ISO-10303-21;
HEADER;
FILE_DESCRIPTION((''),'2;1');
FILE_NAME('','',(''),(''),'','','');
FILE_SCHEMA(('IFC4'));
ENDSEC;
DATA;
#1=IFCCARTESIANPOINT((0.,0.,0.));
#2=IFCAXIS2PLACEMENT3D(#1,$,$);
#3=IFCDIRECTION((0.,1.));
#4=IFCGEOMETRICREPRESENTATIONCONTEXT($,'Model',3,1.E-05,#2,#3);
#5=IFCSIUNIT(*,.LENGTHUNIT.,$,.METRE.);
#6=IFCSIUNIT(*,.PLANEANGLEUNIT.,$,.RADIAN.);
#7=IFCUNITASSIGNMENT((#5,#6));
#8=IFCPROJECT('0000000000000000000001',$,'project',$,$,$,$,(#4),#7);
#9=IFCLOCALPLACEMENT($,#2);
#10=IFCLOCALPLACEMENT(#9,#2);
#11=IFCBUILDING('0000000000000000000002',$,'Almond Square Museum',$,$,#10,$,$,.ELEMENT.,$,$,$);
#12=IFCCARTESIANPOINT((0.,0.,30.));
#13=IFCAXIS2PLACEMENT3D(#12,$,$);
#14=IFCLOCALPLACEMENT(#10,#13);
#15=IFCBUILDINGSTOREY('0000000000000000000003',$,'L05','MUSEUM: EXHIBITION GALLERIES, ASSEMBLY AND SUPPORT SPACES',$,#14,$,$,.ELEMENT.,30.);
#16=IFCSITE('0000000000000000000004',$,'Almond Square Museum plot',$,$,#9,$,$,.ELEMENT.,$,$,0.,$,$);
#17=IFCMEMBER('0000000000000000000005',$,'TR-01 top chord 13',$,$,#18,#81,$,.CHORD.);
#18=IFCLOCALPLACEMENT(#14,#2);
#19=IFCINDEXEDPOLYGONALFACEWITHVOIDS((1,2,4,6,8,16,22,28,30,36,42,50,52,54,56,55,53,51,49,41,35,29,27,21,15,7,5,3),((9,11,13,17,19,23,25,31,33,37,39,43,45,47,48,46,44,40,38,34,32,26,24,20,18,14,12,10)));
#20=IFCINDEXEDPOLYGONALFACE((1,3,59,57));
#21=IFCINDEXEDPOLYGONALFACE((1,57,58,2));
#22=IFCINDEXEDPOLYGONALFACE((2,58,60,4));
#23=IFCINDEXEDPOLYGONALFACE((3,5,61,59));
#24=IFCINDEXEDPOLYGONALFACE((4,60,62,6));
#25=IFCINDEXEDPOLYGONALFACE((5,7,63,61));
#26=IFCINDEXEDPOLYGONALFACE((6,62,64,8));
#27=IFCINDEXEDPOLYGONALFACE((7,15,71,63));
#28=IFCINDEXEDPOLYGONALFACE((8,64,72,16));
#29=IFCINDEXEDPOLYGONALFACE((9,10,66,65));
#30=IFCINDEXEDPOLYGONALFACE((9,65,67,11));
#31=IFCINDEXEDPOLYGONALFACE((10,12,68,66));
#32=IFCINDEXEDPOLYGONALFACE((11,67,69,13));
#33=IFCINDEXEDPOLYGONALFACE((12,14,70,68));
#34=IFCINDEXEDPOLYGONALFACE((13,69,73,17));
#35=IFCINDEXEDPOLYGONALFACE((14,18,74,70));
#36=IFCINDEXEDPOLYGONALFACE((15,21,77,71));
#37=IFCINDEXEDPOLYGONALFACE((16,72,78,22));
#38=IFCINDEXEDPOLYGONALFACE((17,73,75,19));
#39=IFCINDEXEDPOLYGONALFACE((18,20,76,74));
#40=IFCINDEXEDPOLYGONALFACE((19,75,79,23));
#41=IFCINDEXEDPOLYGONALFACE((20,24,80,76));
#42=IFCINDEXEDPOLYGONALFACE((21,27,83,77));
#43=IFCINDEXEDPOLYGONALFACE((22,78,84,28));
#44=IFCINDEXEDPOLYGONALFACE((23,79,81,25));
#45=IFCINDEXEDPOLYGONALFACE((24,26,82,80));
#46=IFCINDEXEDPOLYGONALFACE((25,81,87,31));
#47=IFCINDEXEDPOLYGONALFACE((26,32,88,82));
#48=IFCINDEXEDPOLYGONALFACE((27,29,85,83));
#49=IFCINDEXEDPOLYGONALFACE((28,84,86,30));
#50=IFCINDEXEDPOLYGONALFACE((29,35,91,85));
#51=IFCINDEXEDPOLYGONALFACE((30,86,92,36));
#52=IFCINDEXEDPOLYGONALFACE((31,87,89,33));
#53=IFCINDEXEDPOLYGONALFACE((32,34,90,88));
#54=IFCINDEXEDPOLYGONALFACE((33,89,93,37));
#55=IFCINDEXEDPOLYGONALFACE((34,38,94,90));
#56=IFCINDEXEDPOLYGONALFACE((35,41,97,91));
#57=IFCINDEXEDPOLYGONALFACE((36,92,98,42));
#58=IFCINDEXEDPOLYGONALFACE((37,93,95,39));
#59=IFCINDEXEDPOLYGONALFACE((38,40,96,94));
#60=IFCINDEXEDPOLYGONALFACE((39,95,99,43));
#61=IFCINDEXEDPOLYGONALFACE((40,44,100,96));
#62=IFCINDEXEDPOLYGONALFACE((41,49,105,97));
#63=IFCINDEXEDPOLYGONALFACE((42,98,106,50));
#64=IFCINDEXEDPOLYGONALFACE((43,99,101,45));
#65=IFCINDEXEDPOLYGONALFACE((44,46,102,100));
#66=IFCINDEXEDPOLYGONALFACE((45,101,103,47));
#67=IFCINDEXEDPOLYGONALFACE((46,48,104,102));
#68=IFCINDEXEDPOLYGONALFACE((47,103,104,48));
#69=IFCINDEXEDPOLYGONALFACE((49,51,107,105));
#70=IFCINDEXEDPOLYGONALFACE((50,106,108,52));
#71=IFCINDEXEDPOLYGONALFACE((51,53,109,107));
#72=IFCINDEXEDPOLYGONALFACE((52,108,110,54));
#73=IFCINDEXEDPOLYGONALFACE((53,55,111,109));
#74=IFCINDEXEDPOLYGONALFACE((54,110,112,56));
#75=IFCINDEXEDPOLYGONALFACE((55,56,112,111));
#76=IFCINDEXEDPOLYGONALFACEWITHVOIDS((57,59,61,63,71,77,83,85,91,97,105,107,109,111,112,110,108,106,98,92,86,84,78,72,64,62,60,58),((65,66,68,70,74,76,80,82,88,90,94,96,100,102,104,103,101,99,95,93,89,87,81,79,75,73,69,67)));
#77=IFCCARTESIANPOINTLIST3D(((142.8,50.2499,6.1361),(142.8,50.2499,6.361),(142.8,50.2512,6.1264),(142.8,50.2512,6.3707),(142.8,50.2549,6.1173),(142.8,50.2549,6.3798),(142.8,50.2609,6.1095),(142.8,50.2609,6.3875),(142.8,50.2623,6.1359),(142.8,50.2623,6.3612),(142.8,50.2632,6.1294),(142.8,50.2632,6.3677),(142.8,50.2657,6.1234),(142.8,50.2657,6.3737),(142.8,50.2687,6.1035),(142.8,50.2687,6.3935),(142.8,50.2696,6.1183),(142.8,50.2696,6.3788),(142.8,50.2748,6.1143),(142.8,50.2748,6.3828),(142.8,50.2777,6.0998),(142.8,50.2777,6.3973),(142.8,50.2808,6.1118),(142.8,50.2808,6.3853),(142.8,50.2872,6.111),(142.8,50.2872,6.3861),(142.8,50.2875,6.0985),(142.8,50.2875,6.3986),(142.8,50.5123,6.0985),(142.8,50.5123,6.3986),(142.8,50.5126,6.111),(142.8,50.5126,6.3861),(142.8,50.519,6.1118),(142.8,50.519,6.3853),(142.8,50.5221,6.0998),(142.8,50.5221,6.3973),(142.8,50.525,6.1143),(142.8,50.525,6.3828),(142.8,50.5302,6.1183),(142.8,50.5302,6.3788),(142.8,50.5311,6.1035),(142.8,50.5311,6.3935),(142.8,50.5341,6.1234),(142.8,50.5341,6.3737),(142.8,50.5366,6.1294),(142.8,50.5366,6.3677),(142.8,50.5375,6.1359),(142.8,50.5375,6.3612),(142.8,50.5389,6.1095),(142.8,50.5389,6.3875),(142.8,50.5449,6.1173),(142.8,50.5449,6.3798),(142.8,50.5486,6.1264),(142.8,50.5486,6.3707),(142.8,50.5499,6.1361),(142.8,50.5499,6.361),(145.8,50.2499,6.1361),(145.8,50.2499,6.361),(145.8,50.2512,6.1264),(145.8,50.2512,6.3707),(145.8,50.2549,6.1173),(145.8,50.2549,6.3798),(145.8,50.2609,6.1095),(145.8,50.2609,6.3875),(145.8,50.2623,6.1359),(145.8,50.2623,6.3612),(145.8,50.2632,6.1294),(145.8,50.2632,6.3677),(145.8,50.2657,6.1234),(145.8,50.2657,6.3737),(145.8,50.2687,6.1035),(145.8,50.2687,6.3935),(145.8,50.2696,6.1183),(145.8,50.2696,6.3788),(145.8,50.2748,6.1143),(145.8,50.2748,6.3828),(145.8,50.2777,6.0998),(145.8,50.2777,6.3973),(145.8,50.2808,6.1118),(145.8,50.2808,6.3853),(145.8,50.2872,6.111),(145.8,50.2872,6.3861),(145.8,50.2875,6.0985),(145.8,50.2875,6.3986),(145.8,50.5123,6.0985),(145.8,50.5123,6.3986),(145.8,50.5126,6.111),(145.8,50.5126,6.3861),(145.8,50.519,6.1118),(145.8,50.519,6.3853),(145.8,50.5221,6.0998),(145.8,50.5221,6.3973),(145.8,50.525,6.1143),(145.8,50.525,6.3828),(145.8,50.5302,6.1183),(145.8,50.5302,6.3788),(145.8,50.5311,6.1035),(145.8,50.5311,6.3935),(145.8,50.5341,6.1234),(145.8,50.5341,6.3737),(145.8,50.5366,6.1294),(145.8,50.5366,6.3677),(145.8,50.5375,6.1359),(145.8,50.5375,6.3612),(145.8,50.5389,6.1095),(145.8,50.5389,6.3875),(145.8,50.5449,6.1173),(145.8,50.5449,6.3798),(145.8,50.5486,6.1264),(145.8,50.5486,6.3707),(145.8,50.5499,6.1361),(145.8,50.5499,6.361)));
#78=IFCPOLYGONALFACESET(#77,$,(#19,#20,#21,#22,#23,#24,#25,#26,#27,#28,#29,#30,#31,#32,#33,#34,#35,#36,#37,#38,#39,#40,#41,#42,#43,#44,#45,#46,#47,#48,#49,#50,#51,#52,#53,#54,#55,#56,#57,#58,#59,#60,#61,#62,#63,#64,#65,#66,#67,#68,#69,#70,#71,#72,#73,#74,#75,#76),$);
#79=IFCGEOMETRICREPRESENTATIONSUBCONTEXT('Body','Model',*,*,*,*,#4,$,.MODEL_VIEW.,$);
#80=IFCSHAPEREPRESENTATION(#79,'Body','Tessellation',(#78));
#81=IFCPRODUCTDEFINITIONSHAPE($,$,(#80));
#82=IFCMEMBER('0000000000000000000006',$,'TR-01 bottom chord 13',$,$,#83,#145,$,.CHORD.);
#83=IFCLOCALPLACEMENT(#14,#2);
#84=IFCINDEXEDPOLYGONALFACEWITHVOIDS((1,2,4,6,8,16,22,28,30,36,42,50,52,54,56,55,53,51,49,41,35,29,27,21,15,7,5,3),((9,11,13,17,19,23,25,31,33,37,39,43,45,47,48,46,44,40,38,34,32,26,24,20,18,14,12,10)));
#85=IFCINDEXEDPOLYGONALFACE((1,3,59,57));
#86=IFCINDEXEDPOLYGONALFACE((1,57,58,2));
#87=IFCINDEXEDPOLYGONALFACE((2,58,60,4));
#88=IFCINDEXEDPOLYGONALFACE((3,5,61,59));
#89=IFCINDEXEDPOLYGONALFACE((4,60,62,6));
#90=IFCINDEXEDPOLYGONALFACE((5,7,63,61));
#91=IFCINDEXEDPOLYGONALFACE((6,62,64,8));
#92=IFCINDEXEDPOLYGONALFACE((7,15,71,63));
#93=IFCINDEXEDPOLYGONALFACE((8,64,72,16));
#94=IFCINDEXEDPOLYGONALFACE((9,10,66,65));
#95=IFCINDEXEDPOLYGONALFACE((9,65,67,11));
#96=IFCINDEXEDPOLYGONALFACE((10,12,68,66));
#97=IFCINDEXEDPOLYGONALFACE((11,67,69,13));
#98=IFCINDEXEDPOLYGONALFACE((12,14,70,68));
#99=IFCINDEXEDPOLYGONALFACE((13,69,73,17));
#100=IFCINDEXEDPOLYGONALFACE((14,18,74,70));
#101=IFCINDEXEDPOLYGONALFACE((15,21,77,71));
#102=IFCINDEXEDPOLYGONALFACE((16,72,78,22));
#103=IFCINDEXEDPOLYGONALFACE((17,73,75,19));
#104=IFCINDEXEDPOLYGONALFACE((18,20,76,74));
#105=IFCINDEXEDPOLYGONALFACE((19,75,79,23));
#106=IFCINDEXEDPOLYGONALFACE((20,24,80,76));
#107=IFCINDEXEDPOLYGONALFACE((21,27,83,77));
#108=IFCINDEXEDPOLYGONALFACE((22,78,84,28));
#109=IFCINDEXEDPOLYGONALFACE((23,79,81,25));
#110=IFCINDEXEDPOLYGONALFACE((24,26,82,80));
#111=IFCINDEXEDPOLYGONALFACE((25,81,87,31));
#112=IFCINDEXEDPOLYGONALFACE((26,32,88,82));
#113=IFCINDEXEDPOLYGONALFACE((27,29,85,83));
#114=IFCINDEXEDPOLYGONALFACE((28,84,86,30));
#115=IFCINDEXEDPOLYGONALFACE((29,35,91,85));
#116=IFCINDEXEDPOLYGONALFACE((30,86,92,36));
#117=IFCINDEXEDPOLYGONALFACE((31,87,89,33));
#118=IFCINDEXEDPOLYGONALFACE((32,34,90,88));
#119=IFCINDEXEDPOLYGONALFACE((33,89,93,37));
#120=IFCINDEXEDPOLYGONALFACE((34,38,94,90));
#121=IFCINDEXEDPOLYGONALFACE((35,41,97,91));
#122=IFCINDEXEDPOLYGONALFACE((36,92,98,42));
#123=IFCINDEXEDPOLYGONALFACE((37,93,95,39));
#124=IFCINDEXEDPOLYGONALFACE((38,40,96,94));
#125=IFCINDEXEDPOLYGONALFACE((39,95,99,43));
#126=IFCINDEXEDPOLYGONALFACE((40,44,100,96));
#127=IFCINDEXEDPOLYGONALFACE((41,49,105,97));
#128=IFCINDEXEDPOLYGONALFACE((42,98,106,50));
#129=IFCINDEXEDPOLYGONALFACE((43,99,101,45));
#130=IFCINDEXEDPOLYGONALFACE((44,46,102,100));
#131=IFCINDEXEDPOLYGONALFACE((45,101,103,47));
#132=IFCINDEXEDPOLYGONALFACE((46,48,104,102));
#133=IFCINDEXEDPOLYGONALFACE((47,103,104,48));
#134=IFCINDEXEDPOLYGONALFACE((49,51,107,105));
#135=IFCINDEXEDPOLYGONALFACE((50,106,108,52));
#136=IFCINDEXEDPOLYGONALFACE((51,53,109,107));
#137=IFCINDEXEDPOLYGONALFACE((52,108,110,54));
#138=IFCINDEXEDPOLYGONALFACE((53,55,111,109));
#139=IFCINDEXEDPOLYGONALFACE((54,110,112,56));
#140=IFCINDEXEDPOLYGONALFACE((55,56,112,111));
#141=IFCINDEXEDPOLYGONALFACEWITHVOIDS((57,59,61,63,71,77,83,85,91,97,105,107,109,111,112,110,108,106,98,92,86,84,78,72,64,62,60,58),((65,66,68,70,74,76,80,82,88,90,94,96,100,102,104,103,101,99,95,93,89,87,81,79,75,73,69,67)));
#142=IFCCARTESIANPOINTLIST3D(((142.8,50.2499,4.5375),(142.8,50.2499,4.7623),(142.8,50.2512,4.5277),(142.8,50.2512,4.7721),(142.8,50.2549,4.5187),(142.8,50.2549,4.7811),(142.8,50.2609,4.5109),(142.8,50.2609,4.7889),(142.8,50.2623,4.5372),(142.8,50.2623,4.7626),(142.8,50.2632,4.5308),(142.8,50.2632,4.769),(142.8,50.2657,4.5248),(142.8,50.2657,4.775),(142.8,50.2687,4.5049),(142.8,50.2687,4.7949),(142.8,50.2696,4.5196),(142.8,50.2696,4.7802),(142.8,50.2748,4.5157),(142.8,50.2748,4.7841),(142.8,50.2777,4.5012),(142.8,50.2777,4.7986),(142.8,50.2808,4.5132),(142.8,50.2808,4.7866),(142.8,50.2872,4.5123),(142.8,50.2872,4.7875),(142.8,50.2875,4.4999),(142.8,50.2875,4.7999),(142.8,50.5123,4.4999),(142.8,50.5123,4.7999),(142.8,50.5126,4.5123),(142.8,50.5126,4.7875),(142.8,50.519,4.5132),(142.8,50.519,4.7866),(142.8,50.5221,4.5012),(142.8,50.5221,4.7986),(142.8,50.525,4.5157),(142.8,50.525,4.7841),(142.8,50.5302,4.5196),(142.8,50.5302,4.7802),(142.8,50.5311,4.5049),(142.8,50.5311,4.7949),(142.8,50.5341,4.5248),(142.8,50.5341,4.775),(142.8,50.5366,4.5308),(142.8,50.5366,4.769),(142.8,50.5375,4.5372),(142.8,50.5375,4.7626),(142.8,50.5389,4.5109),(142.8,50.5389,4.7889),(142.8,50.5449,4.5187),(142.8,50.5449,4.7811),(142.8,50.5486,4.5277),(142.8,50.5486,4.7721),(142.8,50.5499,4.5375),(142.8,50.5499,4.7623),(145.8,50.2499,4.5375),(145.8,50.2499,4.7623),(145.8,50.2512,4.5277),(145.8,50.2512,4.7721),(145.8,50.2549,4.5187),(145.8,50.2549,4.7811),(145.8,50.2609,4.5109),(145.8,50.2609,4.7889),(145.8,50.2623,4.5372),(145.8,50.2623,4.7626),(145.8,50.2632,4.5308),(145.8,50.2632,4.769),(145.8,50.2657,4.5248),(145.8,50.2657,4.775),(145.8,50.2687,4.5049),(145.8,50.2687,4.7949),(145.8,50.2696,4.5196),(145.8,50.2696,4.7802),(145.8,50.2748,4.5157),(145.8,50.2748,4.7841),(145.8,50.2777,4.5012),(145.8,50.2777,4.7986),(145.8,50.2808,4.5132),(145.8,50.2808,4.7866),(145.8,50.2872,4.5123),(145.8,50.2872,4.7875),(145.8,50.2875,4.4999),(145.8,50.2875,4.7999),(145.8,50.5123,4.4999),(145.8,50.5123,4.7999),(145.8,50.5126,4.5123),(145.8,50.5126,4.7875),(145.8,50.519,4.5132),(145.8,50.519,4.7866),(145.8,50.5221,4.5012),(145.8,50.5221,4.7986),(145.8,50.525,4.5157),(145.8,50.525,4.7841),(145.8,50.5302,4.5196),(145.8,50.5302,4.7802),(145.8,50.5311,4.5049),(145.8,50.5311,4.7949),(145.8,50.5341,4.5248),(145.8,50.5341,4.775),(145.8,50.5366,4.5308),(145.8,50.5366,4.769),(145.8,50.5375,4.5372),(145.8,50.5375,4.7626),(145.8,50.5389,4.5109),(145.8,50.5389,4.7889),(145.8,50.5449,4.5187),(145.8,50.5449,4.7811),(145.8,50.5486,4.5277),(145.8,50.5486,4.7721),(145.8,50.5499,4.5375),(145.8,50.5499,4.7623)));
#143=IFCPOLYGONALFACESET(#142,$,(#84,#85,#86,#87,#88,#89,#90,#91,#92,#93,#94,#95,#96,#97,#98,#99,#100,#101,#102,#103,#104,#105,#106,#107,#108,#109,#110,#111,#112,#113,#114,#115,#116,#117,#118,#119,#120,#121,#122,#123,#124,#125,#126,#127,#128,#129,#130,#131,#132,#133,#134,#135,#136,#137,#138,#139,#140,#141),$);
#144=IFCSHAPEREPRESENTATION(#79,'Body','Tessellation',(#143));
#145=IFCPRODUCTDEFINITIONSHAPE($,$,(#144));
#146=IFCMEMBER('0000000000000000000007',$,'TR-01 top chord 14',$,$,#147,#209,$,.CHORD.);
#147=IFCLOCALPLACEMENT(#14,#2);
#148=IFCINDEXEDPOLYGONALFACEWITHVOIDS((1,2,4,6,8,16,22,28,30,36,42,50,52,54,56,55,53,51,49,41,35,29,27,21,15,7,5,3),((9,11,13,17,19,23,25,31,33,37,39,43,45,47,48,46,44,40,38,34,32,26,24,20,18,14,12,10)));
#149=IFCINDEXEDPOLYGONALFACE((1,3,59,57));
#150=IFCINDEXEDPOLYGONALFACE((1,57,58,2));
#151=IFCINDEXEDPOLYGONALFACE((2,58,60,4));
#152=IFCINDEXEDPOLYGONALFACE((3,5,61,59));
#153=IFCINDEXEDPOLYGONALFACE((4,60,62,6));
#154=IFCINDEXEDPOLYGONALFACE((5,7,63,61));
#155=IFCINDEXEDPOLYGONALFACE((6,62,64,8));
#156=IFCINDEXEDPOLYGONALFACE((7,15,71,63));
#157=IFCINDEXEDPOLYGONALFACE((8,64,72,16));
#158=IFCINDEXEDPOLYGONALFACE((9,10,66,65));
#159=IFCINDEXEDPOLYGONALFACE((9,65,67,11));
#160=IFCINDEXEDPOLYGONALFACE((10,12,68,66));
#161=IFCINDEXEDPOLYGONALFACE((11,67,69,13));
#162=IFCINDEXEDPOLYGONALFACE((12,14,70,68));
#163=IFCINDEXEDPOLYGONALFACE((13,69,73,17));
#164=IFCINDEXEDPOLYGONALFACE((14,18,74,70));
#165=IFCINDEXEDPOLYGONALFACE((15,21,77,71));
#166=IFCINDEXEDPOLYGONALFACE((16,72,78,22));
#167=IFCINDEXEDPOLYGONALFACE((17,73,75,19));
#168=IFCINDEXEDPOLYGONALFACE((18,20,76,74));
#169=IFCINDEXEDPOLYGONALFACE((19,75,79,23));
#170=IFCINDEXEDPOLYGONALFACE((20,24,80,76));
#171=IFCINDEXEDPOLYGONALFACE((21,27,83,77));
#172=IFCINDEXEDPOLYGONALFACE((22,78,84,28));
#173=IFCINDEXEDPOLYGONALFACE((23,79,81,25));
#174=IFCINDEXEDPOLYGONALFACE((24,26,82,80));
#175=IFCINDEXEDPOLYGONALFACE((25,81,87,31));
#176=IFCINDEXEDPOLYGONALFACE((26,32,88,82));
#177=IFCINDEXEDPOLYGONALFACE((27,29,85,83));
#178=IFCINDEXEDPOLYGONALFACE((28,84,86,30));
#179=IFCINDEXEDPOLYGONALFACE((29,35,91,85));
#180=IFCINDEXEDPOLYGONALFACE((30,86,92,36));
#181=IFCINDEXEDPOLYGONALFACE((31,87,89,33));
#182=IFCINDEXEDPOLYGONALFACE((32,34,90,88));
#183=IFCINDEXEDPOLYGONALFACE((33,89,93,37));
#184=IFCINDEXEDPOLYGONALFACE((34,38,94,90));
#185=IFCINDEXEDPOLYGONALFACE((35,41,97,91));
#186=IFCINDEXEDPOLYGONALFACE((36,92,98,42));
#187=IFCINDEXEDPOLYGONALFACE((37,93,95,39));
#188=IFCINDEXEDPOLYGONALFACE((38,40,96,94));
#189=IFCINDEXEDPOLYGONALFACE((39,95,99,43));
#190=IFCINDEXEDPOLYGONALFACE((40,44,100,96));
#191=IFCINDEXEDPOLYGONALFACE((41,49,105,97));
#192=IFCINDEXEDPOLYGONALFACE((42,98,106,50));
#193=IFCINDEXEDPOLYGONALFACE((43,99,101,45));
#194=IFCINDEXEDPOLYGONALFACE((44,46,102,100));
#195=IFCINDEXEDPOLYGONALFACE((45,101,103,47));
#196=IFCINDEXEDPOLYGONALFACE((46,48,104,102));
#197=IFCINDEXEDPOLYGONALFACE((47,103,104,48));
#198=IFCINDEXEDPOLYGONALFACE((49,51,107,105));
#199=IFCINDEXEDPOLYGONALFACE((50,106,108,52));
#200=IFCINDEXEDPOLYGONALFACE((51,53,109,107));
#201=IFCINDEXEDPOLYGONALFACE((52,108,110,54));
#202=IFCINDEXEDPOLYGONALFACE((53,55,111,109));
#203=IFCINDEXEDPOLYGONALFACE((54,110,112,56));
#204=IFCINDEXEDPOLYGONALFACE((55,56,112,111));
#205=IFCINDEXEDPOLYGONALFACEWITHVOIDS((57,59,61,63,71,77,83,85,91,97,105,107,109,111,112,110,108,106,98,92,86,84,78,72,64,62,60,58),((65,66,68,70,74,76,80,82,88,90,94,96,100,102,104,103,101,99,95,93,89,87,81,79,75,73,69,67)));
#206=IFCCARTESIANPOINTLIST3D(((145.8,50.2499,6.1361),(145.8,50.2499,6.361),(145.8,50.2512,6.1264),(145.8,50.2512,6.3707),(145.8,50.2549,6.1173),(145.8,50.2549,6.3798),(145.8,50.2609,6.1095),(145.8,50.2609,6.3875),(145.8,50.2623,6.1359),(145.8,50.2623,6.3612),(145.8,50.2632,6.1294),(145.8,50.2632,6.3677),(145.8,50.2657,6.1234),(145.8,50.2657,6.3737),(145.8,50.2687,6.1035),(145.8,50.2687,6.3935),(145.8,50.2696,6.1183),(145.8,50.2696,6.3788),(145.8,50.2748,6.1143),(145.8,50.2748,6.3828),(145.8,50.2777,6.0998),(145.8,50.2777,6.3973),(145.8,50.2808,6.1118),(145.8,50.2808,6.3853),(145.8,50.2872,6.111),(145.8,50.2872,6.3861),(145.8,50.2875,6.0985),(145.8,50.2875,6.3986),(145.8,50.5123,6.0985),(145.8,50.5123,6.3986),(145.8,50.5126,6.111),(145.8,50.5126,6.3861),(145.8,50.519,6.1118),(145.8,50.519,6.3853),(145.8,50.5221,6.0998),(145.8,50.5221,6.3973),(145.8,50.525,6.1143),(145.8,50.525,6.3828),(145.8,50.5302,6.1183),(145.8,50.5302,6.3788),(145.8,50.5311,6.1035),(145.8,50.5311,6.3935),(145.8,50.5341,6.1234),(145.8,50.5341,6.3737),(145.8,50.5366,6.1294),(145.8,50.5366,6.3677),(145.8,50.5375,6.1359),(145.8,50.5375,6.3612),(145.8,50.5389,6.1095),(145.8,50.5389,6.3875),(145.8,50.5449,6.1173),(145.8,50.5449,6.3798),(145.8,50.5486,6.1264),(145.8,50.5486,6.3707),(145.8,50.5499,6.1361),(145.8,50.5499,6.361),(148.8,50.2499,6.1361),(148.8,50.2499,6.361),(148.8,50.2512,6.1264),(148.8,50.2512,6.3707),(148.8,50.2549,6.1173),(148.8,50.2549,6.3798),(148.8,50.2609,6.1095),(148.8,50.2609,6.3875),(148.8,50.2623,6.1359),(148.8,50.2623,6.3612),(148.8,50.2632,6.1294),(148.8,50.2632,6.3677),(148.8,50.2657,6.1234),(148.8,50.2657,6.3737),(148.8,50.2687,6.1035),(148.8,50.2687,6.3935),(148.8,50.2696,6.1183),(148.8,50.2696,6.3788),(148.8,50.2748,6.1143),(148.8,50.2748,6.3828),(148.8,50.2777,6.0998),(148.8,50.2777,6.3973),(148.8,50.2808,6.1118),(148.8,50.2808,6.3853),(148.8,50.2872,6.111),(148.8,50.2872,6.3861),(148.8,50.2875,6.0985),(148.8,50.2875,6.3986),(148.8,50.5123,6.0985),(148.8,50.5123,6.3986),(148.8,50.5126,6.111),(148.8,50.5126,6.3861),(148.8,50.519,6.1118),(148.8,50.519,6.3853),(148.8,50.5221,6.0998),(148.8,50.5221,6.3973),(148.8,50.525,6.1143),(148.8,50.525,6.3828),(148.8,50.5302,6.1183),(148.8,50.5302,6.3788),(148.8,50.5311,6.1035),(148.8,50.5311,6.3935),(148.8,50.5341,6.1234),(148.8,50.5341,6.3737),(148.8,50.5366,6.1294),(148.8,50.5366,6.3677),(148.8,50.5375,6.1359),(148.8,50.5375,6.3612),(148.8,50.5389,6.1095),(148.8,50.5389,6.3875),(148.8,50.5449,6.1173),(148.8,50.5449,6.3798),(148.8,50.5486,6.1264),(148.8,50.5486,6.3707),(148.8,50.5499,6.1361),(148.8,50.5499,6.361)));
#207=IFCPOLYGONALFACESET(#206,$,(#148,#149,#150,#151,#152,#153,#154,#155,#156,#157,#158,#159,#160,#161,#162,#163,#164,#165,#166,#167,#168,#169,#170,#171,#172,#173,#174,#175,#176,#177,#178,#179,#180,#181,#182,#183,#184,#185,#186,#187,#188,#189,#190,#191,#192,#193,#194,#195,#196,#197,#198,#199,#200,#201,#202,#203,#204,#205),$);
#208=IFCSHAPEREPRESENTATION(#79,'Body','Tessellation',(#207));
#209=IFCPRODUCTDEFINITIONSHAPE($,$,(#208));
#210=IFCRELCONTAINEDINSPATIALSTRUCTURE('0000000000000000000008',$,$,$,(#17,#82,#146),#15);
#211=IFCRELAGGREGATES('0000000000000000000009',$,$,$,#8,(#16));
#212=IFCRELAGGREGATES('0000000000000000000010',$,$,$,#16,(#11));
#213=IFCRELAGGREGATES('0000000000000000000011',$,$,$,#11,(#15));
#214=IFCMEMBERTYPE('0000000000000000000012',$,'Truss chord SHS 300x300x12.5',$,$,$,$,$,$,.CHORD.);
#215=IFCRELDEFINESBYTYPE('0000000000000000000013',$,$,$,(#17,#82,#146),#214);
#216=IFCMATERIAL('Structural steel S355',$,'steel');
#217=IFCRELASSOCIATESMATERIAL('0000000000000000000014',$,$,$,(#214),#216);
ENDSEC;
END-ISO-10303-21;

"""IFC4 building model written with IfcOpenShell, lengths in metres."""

from ifc_helpers import new_model, si_unit, direction, frame, origin, origin_2d, place, context, subcontext, project, spatial, hollow_rectangle, extrude, material, material_profile, profile_set, type_object, element, save


model = new_model("IFC4")

# Units and contexts
model_context = context("Model", 3, precision=1e-05, world=origin(), true_north=direction((0.0, 1.0)))
body_context = subcontext(model_context, "Body", "Model", "MODEL_VIEW")
ifc_project = project(units=[si_unit("LENGTHUNIT", "METRE"), si_unit("PLANEANGLEUNIT", "RADIAN")], contexts=[model_context])

# Site, building, storey
site_placement = place(None, origin())
site = spatial("IfcSite", under=ifc_project, at=site_placement, Name="Almond Square Museum plot", CompositionType="ELEMENT", RefElevation=0.0)
building_placement = place(site_placement, origin())
building = spatial("IfcBuilding", under=site, at=building_placement, Name="Almond Square Museum", CompositionType="ELEMENT")
storey_placement = place(building_placement, frame((0.0, 0.0, 30.0)))
storey = spatial("IfcBuildingStorey", under=building, at=storey_placement, Name="L05", Description="MUSEUM: EXHIBITION GALLERIES, ASSEMBLY AND SUPPORT SPACES", CompositionType="ELEMENT", Elevation=30.0)

# Members
ifc_material_1 = material(Name="Structural steel S355", Category="steel")
ifc_material_profile_1 = material_profile(ifc_material_1, hollow_rectangle(XDim=0.3, YDim=0.3, WallThickness=0.0125, InnerFilletRadius=0.0249, OuterFilletRadius=0.0376, at=origin_2d()))
ifc_profile_set_1 = profile_set([ifc_material_profile_1], Name="Structural steel S355")
member_type_1 = type_object("IfcMemberType", Name="Truss chord SHS 300x300x12.5", PredefinedType="CHORD", material=ifc_profile_set_1)
for number, where, z_axis, x_axis, name in (
    (1, (142.8, 50.3999, 6.2485), (1.0, 0.0, 0.0), (0.0, 1.0, 0.0), "TR-01 top chord 13"),
    (2, (142.8, 50.3999, 4.6499), (1.0, 0.0, 0.0), (0.0, 1.0, 0.0), "TR-01 bottom chord 13"),
    (3, (145.8, 50.3999, 6.2485), (1.0, 0.0, 0.0), (0.0, 1.0, 0.0), "TR-01 top chord 14"),
):
    element("IfcMember", number, at=place(storey_placement, frame(where, z_axis=z_axis, x_axis=x_axis)), inside=storey, type_object=member_type_1, Name=name, PredefinedType="CHORD", context=body_context, shape_type="SweptSolid", body=[
        extrude(hollow_rectangle(XDim=0.3, YDim=0.3, WallThickness=0.0125, InnerFilletRadius=0.0249, OuterFilletRadius=0.0376, at=origin_2d()), origin(), (0.0, 0.0, 1.0), 3.0),
    ])

save(model, "model.ifc")
